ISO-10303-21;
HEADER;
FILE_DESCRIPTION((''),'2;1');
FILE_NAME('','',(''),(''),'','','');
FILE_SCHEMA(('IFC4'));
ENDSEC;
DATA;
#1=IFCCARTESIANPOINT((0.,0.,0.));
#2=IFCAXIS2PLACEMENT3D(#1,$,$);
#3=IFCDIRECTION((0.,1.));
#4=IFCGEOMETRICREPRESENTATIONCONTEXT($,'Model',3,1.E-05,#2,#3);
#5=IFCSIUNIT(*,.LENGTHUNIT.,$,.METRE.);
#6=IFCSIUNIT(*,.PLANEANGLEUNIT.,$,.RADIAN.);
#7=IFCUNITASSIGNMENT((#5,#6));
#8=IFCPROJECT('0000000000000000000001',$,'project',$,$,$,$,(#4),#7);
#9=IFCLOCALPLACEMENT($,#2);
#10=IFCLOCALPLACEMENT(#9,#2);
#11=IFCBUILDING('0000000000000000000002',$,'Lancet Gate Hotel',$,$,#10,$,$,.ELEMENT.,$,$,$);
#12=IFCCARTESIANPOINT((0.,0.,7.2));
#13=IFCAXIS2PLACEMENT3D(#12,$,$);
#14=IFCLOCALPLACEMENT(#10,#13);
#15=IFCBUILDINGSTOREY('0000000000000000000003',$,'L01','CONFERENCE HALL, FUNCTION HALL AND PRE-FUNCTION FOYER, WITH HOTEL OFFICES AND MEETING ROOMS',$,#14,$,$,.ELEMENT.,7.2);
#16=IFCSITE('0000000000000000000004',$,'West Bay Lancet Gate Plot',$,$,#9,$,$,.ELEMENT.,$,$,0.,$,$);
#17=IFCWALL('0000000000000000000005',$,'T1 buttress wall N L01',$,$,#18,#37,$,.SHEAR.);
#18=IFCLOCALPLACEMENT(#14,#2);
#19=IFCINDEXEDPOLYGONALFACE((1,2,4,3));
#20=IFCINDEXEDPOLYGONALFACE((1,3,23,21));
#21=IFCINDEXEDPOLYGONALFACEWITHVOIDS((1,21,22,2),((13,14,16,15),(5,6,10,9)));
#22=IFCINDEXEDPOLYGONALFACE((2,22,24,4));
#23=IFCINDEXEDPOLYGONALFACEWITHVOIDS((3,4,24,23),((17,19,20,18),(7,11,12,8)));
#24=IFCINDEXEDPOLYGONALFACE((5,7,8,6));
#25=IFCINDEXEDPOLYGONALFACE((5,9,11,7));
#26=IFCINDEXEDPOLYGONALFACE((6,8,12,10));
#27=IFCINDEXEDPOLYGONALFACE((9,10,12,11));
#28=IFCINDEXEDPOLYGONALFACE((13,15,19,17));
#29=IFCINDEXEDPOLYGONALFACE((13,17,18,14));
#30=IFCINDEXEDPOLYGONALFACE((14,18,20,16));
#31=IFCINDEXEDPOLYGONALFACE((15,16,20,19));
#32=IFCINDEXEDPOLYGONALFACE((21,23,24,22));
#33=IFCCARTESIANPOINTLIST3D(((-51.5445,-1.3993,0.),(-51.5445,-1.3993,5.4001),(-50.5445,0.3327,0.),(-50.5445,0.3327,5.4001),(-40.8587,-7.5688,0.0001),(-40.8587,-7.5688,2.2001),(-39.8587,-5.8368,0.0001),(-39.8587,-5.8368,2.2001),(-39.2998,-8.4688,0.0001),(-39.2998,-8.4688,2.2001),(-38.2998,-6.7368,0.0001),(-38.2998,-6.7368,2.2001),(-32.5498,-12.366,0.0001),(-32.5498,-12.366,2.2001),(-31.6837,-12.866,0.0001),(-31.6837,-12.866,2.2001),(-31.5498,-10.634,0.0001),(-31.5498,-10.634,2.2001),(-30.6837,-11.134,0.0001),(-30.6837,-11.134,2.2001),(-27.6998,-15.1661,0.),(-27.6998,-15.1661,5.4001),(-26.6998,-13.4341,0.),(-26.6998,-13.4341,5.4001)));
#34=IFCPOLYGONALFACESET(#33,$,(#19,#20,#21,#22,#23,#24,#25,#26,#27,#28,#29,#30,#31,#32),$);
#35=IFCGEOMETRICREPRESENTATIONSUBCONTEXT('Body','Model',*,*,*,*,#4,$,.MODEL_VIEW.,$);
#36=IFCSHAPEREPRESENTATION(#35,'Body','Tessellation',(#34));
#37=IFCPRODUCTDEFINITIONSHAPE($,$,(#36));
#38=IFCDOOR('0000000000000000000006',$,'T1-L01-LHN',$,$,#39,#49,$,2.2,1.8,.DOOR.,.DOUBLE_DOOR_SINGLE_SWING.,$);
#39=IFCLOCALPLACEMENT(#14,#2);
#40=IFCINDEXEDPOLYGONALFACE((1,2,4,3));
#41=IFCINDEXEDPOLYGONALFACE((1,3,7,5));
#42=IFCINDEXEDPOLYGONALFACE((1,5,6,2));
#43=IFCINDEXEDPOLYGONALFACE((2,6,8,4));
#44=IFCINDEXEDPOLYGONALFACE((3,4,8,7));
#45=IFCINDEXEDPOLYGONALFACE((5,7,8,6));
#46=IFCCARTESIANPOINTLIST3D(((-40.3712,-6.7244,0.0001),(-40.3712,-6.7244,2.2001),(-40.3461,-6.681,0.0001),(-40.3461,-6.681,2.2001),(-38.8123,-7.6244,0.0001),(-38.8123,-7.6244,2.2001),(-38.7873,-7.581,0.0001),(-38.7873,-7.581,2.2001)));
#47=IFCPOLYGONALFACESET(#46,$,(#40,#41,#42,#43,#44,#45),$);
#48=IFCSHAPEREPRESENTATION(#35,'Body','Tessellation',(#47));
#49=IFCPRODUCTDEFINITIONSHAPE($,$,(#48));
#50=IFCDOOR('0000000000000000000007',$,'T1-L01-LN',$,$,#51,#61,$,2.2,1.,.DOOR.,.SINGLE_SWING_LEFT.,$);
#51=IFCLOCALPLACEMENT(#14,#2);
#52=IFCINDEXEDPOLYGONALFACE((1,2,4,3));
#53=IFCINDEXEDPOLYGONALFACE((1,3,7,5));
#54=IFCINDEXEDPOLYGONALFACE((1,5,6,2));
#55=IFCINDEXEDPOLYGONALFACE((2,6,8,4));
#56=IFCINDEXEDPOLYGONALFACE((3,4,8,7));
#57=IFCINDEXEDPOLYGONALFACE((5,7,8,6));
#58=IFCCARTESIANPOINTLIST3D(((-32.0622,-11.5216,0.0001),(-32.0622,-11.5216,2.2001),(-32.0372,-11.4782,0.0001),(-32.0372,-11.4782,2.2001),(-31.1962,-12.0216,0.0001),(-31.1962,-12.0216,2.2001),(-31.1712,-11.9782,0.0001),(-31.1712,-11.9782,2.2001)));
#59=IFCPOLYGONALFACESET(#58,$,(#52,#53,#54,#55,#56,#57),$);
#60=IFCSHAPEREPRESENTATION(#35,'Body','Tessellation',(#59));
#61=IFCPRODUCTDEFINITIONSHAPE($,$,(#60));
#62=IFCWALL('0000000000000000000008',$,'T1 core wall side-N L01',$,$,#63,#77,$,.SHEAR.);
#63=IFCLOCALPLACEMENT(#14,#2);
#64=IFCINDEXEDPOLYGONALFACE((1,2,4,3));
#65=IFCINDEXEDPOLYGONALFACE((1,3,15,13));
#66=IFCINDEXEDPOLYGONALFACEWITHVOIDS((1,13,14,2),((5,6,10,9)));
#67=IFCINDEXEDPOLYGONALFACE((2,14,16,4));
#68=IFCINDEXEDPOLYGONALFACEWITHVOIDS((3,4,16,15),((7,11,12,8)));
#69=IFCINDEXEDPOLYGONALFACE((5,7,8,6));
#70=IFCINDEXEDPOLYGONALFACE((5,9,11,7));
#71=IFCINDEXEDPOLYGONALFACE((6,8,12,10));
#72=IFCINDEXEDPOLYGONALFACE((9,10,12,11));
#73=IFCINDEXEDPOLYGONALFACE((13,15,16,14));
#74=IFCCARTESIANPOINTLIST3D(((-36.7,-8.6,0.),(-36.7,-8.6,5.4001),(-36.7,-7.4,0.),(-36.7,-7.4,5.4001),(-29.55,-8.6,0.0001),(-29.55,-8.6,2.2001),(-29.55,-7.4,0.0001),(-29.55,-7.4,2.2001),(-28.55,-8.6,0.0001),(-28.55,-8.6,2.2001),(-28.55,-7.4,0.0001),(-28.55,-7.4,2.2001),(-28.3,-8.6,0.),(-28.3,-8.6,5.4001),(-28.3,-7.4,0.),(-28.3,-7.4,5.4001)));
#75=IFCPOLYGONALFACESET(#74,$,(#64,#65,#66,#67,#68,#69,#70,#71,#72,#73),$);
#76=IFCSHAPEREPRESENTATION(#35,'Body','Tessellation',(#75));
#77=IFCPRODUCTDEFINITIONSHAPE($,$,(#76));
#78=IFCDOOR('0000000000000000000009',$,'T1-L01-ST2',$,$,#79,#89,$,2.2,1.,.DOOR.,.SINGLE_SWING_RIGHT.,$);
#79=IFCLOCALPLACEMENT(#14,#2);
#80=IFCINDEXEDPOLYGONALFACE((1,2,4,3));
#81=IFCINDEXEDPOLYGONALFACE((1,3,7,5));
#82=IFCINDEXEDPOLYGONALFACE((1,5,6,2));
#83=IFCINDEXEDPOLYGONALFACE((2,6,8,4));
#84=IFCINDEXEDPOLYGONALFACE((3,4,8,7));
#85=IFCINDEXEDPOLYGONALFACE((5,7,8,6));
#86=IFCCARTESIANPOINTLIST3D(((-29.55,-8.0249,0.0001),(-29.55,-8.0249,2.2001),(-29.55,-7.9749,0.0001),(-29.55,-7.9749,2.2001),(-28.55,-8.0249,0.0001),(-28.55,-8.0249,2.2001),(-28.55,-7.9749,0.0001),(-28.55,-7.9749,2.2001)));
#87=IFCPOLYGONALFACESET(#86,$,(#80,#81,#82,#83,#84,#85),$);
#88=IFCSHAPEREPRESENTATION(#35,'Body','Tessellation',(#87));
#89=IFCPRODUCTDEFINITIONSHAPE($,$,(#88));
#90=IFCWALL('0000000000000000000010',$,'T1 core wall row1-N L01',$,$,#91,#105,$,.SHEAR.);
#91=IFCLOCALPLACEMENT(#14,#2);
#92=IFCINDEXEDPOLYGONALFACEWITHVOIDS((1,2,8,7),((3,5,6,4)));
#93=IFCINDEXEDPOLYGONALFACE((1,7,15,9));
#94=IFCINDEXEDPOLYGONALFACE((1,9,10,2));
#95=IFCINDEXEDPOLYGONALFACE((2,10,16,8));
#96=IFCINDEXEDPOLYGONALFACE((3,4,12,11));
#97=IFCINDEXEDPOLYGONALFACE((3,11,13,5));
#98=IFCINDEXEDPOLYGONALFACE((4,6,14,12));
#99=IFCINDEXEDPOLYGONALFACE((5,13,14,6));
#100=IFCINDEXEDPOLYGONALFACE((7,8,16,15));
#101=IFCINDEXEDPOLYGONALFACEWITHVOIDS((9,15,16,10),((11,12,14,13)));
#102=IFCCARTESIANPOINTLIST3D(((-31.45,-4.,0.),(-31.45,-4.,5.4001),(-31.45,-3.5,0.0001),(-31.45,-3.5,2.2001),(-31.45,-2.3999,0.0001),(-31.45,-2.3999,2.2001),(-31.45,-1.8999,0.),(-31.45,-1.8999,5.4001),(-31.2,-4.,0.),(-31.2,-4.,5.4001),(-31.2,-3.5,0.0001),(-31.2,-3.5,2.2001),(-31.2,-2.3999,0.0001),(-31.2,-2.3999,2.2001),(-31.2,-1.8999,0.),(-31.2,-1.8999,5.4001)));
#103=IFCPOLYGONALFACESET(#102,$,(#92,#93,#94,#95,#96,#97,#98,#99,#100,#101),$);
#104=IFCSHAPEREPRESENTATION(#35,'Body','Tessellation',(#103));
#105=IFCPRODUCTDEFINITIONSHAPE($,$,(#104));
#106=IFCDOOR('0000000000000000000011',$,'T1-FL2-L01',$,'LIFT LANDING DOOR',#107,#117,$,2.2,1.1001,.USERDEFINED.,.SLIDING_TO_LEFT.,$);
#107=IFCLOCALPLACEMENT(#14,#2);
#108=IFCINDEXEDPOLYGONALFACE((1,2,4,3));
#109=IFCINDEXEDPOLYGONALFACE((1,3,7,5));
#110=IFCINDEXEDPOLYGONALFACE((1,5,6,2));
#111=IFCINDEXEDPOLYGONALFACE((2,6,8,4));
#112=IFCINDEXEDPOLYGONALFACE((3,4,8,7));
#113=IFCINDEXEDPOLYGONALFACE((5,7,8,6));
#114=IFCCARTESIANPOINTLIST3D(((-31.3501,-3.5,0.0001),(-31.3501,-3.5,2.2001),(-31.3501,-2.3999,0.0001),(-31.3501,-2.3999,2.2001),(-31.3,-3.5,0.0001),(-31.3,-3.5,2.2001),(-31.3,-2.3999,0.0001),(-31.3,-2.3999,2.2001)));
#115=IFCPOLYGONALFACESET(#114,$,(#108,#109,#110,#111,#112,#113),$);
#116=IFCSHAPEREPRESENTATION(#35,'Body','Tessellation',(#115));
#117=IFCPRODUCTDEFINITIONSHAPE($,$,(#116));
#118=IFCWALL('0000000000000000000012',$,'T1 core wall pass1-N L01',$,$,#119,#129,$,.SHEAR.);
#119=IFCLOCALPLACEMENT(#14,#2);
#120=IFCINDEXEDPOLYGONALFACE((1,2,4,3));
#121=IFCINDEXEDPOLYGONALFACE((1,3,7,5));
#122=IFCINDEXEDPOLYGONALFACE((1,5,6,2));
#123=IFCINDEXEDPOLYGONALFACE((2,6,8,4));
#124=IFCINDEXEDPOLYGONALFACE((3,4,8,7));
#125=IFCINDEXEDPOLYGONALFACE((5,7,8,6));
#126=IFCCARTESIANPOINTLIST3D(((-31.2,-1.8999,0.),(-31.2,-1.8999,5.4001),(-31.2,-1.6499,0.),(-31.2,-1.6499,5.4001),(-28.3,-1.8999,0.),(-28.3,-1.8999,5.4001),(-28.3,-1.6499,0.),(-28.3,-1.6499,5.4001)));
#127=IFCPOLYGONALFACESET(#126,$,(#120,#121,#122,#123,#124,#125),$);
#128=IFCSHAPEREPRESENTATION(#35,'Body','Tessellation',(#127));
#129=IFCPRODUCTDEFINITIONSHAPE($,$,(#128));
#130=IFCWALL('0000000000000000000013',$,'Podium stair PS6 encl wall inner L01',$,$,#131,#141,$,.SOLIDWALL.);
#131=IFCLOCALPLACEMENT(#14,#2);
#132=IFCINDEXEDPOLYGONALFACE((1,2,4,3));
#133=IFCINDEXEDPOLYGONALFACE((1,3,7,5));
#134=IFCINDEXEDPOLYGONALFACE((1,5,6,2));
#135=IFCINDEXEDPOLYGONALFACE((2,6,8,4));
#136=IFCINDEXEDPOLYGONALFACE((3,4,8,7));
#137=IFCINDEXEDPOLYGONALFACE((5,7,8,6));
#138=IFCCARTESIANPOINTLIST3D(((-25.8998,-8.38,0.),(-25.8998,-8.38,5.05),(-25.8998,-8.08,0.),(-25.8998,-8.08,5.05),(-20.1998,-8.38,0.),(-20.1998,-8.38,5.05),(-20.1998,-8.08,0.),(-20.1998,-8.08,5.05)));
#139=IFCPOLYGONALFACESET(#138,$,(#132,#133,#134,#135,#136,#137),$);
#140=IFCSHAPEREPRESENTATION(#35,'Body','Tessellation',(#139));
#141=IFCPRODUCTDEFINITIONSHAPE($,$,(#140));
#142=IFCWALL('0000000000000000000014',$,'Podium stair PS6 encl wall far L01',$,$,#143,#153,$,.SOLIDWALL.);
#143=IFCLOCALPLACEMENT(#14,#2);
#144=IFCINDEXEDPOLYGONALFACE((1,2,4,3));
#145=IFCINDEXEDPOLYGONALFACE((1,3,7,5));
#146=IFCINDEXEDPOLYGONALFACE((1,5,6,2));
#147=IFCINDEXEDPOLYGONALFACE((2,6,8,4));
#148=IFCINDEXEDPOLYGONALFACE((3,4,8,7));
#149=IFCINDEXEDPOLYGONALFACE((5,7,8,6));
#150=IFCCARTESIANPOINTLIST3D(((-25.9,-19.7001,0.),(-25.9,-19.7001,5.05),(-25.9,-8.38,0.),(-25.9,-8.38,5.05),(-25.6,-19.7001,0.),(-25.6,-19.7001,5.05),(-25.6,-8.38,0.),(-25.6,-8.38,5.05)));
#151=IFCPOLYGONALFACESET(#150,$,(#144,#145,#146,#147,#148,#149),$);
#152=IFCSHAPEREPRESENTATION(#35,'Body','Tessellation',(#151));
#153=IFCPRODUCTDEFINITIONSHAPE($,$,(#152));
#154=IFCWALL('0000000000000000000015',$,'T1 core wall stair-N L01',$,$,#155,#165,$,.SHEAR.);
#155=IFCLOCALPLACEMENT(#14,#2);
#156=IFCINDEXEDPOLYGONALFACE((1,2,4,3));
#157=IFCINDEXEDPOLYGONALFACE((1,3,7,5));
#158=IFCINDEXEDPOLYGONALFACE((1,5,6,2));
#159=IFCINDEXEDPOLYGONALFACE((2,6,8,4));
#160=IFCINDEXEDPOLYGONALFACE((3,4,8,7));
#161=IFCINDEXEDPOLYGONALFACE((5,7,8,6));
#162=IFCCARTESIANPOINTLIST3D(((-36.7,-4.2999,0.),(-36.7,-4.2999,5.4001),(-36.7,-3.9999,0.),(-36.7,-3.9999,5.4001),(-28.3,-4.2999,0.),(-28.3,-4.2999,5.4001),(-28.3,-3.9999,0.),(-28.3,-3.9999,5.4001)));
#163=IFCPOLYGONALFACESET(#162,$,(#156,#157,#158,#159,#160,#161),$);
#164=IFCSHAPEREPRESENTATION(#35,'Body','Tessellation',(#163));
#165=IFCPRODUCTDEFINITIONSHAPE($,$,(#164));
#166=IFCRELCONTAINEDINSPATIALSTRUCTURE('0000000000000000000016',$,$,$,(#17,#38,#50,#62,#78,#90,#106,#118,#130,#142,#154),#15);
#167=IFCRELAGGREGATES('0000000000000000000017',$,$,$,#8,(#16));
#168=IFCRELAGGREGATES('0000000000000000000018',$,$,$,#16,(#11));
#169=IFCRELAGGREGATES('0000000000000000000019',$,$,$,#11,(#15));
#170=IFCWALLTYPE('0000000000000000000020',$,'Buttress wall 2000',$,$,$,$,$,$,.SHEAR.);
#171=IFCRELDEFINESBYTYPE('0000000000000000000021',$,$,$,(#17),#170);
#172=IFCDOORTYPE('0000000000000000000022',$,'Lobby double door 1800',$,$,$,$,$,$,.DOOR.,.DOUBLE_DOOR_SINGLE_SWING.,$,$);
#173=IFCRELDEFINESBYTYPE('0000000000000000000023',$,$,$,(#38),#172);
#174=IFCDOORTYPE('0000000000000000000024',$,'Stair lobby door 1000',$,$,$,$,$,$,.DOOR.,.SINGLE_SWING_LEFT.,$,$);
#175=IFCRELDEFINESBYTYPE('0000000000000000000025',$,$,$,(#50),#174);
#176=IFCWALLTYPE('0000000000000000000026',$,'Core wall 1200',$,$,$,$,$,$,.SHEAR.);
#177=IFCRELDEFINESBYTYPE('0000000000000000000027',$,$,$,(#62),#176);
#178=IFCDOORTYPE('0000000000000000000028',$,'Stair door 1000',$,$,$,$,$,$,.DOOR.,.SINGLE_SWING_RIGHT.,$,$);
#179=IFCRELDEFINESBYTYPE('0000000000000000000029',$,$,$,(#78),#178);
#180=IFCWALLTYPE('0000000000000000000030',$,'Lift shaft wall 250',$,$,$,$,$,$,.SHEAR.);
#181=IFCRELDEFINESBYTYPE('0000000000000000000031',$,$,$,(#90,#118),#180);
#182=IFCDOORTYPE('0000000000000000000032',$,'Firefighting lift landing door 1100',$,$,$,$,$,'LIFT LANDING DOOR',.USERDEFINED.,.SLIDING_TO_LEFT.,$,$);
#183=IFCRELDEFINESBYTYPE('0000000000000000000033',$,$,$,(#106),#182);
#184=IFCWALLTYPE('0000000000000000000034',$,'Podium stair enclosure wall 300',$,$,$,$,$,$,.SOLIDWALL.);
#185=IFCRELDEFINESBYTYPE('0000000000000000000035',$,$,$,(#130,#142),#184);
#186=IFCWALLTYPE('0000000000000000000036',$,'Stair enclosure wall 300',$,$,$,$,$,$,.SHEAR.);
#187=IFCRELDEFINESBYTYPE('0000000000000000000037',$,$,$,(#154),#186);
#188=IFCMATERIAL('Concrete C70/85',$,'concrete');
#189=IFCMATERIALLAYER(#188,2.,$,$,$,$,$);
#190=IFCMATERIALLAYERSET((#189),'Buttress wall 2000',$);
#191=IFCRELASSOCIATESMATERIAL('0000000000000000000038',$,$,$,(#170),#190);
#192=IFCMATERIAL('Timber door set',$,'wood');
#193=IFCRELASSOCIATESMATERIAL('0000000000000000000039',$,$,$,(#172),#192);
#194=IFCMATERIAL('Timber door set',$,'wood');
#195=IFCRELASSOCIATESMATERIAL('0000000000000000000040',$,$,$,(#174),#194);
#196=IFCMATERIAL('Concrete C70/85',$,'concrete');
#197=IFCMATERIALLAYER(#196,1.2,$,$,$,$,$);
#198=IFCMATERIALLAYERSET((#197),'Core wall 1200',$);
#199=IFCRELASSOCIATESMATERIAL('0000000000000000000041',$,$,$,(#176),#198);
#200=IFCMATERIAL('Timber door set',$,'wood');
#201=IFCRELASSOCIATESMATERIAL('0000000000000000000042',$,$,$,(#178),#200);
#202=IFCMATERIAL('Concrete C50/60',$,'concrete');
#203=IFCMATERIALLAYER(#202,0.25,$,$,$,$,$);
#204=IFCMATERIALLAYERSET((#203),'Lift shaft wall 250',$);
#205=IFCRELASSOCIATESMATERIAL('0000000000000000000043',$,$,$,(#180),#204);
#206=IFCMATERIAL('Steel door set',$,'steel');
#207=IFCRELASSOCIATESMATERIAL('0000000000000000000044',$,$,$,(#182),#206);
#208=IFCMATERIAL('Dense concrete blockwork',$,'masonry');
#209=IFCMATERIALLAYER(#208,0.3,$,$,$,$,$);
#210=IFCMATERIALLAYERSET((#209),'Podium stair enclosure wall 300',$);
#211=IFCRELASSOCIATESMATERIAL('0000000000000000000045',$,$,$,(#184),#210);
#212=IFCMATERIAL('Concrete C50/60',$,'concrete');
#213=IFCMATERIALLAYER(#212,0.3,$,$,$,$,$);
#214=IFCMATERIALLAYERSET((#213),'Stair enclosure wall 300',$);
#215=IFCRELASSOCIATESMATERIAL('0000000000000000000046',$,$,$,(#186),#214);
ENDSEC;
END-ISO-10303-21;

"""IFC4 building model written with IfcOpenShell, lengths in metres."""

from ifc_helpers import new_model, si_unit, direction, frame, frame_2d, origin, place, context, subcontext, project, spatial, rectangle, extrude, material, layer, layer_set, type_object, element, fill, save


model = new_model("IFC4")

# Units and contexts
model_context = context("Model", 3, precision=1e-05, world=origin(), true_north=direction((0.0, 1.0)))
body_context = subcontext(model_context, "Body", "Model", "MODEL_VIEW")
ifc_project = project(units=[si_unit("LENGTHUNIT", "METRE"), si_unit("PLANEANGLEUNIT", "RADIAN")], contexts=[model_context])

# Site, building, storey
site_placement = place(None, origin())
site = spatial("IfcSite", under=ifc_project, at=site_placement, Name="West Bay Lancet Gate Plot", CompositionType="ELEMENT", RefElevation=0.0)
building_placement = place(site_placement, origin())
building = spatial("IfcBuilding", under=site, at=building_placement, Name="Lancet Gate Hotel", CompositionType="ELEMENT")
storey_placement = place(building_placement, frame((0.0, 0.0, 7.2)))
storey = spatial("IfcBuildingStorey", under=building, at=storey_placement, Name="L01", Description="CONFERENCE HALL, FUNCTION HALL AND PRE-FUNCTION FOYER, WITH HOTEL OFFICES AND MEETING ROOMS", CompositionType="ELEMENT", Elevation=7.2)

# Wall, openings, doors
ifc_material_1 = material(Name="Concrete C70/85", Category="concrete")
ifc_layer_1 = layer(ifc_material_1, 2.0)
ifc_layer_set_1 = layer_set([ifc_layer_1], Name="Buttress wall 2000")
wall_type_1 = type_object("IfcWallType", Name="Buttress wall 2000", PredefinedType="SHEAR", material=ifc_layer_set_1)
wall_1_placement = place(storey_placement, frame((-27.2, -14.3, 0.0), z_axis=(0.0, 0.0, 1.0), x_axis=(-0.866024, 0.500002, 0.0)))
wall_1 = element("IfcWall", 1, at=wall_1_placement, inside=storey, type_object=wall_type_1, Name="T1 buttress wall N L01", PredefinedType="SHEAR", context=body_context, shape_type="SweptSolid", body=[
    extrude(rectangle(XDim=27.5334, YDim=2.0, at=frame_2d((13.7666, 0.0))), origin(), (0.0, 0.0, 1.0), 5.4001),
])
opening_1_placement = place(wall_1_placement, frame((4.6001, 0.0, 0.0)))
opening_1 = element("IfcOpeningElement", 2, at=opening_1_placement, cuts=wall_1, PredefinedType="OPENING", context=body_context, shape_type="SweptSolid", body=[
    extrude(rectangle(XDim=1.0, YDim=2.2, at=frame_2d((0.5, 1.1001))), frame((0.0, 1.01, 0.0), z_axis=(0.0, -1.0, 0.0), x_axis=(1.0, 0.0, 0.0)), (0.0, 0.0, 1.0), 2.02),
])
opening_2_placement = place(wall_1_placement, frame((13.3945, 0.0, 0.0)))
opening_2 = element("IfcOpeningElement", 3, at=opening_2_placement, cuts=wall_1, PredefinedType="OPENING", context=body_context, shape_type="SweptSolid", body=[
    extrude(rectangle(XDim=1.8, YDim=2.2, at=frame_2d((0.8999, 1.1001))), frame((0.0, 1.01, 0.0), z_axis=(0.0, -1.0, 0.0), x_axis=(1.0, 0.0, 0.0)), (0.0, 0.0, 1.0), 2.02),
])
ifc_material_2 = material(Name="Timber door set", Category="wood")
door_type_1 = type_object("IfcDoorType", Name="Lobby double door 1800", OperationType="DOUBLE_DOOR_SINGLE_SWING", PredefinedType="DOOR", material=ifc_material_2)
door_1_placement = place(opening_2_placement, origin())
door_1 = element("IfcDoor", 4, at=door_1_placement, inside=storey, type_object=door_type_1, Name="T1-L01-LHN", OperationType="DOUBLE_DOOR_SINGLE_SWING", OverallHeight=2.2, OverallWidth=1.8, PredefinedType="DOOR", context=body_context, shape_type="SweptSolid", body=[
    extrude(rectangle(XDim=1.8, YDim=2.2, at=frame_2d((0.8999, 1.1001))), frame((0.0, 0.0249, 0.0), z_axis=(0.0, -1.0, 0.0), x_axis=(1.0, 0.0, 0.0)), (0.0, 0.0, 1.0), 0.05),
])
fill(opening_2, door_1)
ifc_material_3 = material(Name="Timber door set", Category="wood")
door_type_2 = type_object("IfcDoorType", Name="Stair lobby door 1000", OperationType="SINGLE_SWING_LEFT", PredefinedType="DOOR", material=ifc_material_3)
door_2_placement = place(opening_1_placement, origin())
door_2 = element("IfcDoor", 5, at=door_2_placement, inside=storey, type_object=door_type_2, Name="T1-L01-LN", OperationType="SINGLE_SWING_LEFT", OverallHeight=2.2, OverallWidth=1.0, PredefinedType="DOOR", context=body_context, shape_type="SweptSolid", body=[
    extrude(rectangle(XDim=1.0, YDim=2.2, at=frame_2d((0.5, 1.1001))), frame((0.0, 0.0249, 0.0), z_axis=(0.0, -1.0, 0.0), x_axis=(1.0, 0.0, 0.0)), (0.0, 0.0, 1.0), 0.05),
])
fill(opening_1, door_2)

# Walls, openings, doors
ifc_material_4 = material(Name="Concrete C70/85", Category="concrete")
ifc_layer_2 = layer(ifc_material_4, 1.2)
ifc_layer_set_2 = layer_set([ifc_layer_2], Name="Core wall 1200")
wall_type_2 = type_object("IfcWallType", Name="Core wall 1200", PredefinedType="SHEAR", material=ifc_layer_set_2)
wall_2_placement = place(storey_placement, frame((-28.3, -8.0, 0.0), z_axis=(0.0, 0.0, 1.0), x_axis=(-1.0, 0.0, 0.0)))
wall_2 = element("IfcWall", 6, at=wall_2_placement, inside=storey, type_object=wall_type_2, Name="T1 core wall side-N L01", PredefinedType="SHEAR", context=body_context, shape_type="SweptSolid", body=[
    extrude(rectangle(XDim=8.3999, YDim=1.2, at=frame_2d((4.2, 0.0))), origin(), (0.0, 0.0, 1.0), 5.4001),
])
opening_3_placement = place(wall_2_placement, frame((0.25, 0.0, 0.0)))
opening_3 = element("IfcOpeningElement", 7, at=opening_3_placement, cuts=wall_2, PredefinedType="OPENING", context=body_context, shape_type="SweptSolid", body=[
    extrude(rectangle(XDim=1.0, YDim=2.2, at=frame_2d((0.5, 1.1001))), frame((0.0, 0.6099, 0.0), z_axis=(0.0, -1.0, 0.0), x_axis=(1.0, 0.0, 0.0)), (0.0, 0.0, 1.0), 1.22),
])
ifc_material_5 = material(Name="Timber door set", Category="wood")
door_type_3 = type_object("IfcDoorType", Name="Stair door 1000", OperationType="SINGLE_SWING_RIGHT", PredefinedType="DOOR", material=ifc_material_5)
door_3_placement = place(opening_3_placement, origin())
door_3 = element("IfcDoor", 8, at=door_3_placement, inside=storey, type_object=door_type_3, Name="T1-L01-ST2", OperationType="SINGLE_SWING_RIGHT", OverallHeight=2.2, OverallWidth=1.0, PredefinedType="DOOR", context=body_context, shape_type="SweptSolid", body=[
    extrude(rectangle(XDim=1.0, YDim=2.2, at=frame_2d((0.5, 1.1001))), frame((0.0, 0.0249, 0.0), z_axis=(0.0, -1.0, 0.0), x_axis=(1.0, 0.0, 0.0)), (0.0, 0.0, 1.0), 0.05),
])
fill(opening_3, door_3)
ifc_material_6 = material(Name="Concrete C50/60", Category="concrete")
ifc_layer_3 = layer(ifc_material_6, 0.25)
ifc_layer_set_3 = layer_set([ifc_layer_3], Name="Lift shaft wall 250")
wall_type_3 = type_object("IfcWallType", Name="Lift shaft wall 250", PredefinedType="SHEAR", material=ifc_layer_set_3)
wall_3_placement = place(storey_placement, frame((-31.325, -1.8999, 0.0), z_axis=(0.0, 0.0, 1.0), x_axis=(0.0, -1.0, 0.0)))
wall_3 = element("IfcWall", 9, at=wall_3_placement, inside=storey, type_object=wall_type_3, Name="T1 core wall row1-N L01", PredefinedType="SHEAR", context=body_context, shape_type="SweptSolid", body=[
    extrude(rectangle(XDim=2.1001, YDim=0.25, at=frame_2d((1.05, 0.0))), origin(), (0.0, 0.0, 1.0), 5.4001),
])
opening_4_placement = place(wall_3_placement, frame((0.5, 0.0, 0.0)))
opening_4 = element("IfcOpeningElement", 10, at=opening_4_placement, cuts=wall_3, PredefinedType="OPENING", context=body_context, shape_type="SweptSolid", body=[
    extrude(rectangle(XDim=1.1001, YDim=2.2, at=frame_2d((0.55, 1.1001))), frame((0.0, 0.135, 0.0), z_axis=(0.0, -1.0, 0.0), x_axis=(1.0, 0.0, 0.0)), (0.0, 0.0, 1.0), 0.27),
])
ifc_material_7 = material(Name="Steel door set", Category="steel")
door_type_4 = type_object("IfcDoorType", Name="Firefighting lift landing door 1100", ElementType="LIFT LANDING DOOR", OperationType="SLIDING_TO_LEFT", PredefinedType="USERDEFINED", material=ifc_material_7)
door_4_placement = place(opening_4_placement, origin())
door_4 = element("IfcDoor", 11, at=door_4_placement, inside=storey, type_object=door_type_4, Name="T1-FL2-L01", ObjectType="LIFT LANDING DOOR", OperationType="SLIDING_TO_LEFT", OverallHeight=2.2, OverallWidth=1.1001, PredefinedType="USERDEFINED", context=body_context, shape_type="SweptSolid", body=[
    extrude(rectangle(XDim=1.1001, YDim=2.2, at=frame_2d((0.55, 1.1001))), frame((0.0, 0.0249, 0.0), z_axis=(0.0, -1.0, 0.0), x_axis=(1.0, 0.0, 0.0)), (0.0, 0.0, 1.0), 0.05),
])
fill(opening_4, door_4)

# Walls
wall_4_placement = place(storey_placement, frame((-28.3, -1.7749, 0.0), z_axis=(0.0, 0.0, 1.0), x_axis=(-1.0, 0.0, 0.0)))
element("IfcWall", 12, at=wall_4_placement, inside=storey, type_object=wall_type_3, Name="T1 core wall pass1-N L01", PredefinedType="SHEAR", context=body_context, shape_type="SweptSolid", body=[
    extrude(rectangle(XDim=2.8999, YDim=0.25, at=frame_2d((1.45, 0.0))), origin(), (0.0, 0.0, 1.0), 5.4001),
])
ifc_material_8 = material(Name="Dense concrete blockwork", Category="masonry")
ifc_layer_4 = layer(ifc_material_8, 0.3)
ifc_layer_set_4 = layer_set([ifc_layer_4], Name="Podium stair enclosure wall 300")
wall_type_4 = type_object("IfcWallType", Name="Podium stair enclosure wall 300", PredefinedType="SOLIDWALL", material=ifc_layer_set_4)
wall_5_placement = place(storey_placement, frame((-25.8999, -8.23, 0.0), z_axis=(0.0, 0.0, 1.0), x_axis=(1.0, 0.0, 0.0)))
element("IfcWall", 13, at=wall_5_placement, inside=storey, type_object=wall_type_4, Name="Podium stair PS6 encl wall inner L01", PredefinedType="SOLIDWALL", context=body_context, shape_type="SweptSolid", body=[
    extrude(rectangle(XDim=5.7, YDim=0.3, at=frame_2d((2.8501, 0.0))), origin(), (0.0, 0.0, 1.0), 5.05),
])
wall_6_placement = place(storey_placement, frame((-25.75, -8.3799, 0.0), z_axis=(0.0, 0.0, 1.0), x_axis=(0.0, -1.0, 0.0)))
element("IfcWall", 14, at=wall_6_placement, inside=storey, type_object=wall_type_4, Name="Podium stair PS6 encl wall far L01", PredefinedType="SOLIDWALL", context=body_context, shape_type="SweptSolid", body=[
    extrude(rectangle(XDim=11.3201, YDim=0.3, at=frame_2d((5.6602, 0.0))), origin(), (0.0, 0.0, 1.0), 5.05),
])
ifc_material_9 = material(Name="Concrete C50/60", Category="concrete")
ifc_layer_5 = layer(ifc_material_9, 0.3)
ifc_layer_set_5 = layer_set([ifc_layer_5], Name="Stair enclosure wall 300")
wall_type_5 = type_object("IfcWallType", Name="Stair enclosure wall 300", PredefinedType="SHEAR", material=ifc_layer_set_5)
wall_7_placement = place(storey_placement, frame((-28.3, -4.1499, 0.0), z_axis=(0.0, 0.0, 1.0), x_axis=(-1.0, 0.0, 0.0)))
element("IfcWall", 15, at=wall_7_placement, inside=storey, type_object=wall_type_5, Name="T1 core wall stair-N L01", PredefinedType="SHEAR", context=body_context, shape_type="SweptSolid", body=[
    extrude(rectangle(XDim=8.3999, YDim=0.3, at=frame_2d((4.2, 0.0))), origin(), (0.0, 0.0, 1.0), 5.4001),
])

save(model, "model.ifc")
